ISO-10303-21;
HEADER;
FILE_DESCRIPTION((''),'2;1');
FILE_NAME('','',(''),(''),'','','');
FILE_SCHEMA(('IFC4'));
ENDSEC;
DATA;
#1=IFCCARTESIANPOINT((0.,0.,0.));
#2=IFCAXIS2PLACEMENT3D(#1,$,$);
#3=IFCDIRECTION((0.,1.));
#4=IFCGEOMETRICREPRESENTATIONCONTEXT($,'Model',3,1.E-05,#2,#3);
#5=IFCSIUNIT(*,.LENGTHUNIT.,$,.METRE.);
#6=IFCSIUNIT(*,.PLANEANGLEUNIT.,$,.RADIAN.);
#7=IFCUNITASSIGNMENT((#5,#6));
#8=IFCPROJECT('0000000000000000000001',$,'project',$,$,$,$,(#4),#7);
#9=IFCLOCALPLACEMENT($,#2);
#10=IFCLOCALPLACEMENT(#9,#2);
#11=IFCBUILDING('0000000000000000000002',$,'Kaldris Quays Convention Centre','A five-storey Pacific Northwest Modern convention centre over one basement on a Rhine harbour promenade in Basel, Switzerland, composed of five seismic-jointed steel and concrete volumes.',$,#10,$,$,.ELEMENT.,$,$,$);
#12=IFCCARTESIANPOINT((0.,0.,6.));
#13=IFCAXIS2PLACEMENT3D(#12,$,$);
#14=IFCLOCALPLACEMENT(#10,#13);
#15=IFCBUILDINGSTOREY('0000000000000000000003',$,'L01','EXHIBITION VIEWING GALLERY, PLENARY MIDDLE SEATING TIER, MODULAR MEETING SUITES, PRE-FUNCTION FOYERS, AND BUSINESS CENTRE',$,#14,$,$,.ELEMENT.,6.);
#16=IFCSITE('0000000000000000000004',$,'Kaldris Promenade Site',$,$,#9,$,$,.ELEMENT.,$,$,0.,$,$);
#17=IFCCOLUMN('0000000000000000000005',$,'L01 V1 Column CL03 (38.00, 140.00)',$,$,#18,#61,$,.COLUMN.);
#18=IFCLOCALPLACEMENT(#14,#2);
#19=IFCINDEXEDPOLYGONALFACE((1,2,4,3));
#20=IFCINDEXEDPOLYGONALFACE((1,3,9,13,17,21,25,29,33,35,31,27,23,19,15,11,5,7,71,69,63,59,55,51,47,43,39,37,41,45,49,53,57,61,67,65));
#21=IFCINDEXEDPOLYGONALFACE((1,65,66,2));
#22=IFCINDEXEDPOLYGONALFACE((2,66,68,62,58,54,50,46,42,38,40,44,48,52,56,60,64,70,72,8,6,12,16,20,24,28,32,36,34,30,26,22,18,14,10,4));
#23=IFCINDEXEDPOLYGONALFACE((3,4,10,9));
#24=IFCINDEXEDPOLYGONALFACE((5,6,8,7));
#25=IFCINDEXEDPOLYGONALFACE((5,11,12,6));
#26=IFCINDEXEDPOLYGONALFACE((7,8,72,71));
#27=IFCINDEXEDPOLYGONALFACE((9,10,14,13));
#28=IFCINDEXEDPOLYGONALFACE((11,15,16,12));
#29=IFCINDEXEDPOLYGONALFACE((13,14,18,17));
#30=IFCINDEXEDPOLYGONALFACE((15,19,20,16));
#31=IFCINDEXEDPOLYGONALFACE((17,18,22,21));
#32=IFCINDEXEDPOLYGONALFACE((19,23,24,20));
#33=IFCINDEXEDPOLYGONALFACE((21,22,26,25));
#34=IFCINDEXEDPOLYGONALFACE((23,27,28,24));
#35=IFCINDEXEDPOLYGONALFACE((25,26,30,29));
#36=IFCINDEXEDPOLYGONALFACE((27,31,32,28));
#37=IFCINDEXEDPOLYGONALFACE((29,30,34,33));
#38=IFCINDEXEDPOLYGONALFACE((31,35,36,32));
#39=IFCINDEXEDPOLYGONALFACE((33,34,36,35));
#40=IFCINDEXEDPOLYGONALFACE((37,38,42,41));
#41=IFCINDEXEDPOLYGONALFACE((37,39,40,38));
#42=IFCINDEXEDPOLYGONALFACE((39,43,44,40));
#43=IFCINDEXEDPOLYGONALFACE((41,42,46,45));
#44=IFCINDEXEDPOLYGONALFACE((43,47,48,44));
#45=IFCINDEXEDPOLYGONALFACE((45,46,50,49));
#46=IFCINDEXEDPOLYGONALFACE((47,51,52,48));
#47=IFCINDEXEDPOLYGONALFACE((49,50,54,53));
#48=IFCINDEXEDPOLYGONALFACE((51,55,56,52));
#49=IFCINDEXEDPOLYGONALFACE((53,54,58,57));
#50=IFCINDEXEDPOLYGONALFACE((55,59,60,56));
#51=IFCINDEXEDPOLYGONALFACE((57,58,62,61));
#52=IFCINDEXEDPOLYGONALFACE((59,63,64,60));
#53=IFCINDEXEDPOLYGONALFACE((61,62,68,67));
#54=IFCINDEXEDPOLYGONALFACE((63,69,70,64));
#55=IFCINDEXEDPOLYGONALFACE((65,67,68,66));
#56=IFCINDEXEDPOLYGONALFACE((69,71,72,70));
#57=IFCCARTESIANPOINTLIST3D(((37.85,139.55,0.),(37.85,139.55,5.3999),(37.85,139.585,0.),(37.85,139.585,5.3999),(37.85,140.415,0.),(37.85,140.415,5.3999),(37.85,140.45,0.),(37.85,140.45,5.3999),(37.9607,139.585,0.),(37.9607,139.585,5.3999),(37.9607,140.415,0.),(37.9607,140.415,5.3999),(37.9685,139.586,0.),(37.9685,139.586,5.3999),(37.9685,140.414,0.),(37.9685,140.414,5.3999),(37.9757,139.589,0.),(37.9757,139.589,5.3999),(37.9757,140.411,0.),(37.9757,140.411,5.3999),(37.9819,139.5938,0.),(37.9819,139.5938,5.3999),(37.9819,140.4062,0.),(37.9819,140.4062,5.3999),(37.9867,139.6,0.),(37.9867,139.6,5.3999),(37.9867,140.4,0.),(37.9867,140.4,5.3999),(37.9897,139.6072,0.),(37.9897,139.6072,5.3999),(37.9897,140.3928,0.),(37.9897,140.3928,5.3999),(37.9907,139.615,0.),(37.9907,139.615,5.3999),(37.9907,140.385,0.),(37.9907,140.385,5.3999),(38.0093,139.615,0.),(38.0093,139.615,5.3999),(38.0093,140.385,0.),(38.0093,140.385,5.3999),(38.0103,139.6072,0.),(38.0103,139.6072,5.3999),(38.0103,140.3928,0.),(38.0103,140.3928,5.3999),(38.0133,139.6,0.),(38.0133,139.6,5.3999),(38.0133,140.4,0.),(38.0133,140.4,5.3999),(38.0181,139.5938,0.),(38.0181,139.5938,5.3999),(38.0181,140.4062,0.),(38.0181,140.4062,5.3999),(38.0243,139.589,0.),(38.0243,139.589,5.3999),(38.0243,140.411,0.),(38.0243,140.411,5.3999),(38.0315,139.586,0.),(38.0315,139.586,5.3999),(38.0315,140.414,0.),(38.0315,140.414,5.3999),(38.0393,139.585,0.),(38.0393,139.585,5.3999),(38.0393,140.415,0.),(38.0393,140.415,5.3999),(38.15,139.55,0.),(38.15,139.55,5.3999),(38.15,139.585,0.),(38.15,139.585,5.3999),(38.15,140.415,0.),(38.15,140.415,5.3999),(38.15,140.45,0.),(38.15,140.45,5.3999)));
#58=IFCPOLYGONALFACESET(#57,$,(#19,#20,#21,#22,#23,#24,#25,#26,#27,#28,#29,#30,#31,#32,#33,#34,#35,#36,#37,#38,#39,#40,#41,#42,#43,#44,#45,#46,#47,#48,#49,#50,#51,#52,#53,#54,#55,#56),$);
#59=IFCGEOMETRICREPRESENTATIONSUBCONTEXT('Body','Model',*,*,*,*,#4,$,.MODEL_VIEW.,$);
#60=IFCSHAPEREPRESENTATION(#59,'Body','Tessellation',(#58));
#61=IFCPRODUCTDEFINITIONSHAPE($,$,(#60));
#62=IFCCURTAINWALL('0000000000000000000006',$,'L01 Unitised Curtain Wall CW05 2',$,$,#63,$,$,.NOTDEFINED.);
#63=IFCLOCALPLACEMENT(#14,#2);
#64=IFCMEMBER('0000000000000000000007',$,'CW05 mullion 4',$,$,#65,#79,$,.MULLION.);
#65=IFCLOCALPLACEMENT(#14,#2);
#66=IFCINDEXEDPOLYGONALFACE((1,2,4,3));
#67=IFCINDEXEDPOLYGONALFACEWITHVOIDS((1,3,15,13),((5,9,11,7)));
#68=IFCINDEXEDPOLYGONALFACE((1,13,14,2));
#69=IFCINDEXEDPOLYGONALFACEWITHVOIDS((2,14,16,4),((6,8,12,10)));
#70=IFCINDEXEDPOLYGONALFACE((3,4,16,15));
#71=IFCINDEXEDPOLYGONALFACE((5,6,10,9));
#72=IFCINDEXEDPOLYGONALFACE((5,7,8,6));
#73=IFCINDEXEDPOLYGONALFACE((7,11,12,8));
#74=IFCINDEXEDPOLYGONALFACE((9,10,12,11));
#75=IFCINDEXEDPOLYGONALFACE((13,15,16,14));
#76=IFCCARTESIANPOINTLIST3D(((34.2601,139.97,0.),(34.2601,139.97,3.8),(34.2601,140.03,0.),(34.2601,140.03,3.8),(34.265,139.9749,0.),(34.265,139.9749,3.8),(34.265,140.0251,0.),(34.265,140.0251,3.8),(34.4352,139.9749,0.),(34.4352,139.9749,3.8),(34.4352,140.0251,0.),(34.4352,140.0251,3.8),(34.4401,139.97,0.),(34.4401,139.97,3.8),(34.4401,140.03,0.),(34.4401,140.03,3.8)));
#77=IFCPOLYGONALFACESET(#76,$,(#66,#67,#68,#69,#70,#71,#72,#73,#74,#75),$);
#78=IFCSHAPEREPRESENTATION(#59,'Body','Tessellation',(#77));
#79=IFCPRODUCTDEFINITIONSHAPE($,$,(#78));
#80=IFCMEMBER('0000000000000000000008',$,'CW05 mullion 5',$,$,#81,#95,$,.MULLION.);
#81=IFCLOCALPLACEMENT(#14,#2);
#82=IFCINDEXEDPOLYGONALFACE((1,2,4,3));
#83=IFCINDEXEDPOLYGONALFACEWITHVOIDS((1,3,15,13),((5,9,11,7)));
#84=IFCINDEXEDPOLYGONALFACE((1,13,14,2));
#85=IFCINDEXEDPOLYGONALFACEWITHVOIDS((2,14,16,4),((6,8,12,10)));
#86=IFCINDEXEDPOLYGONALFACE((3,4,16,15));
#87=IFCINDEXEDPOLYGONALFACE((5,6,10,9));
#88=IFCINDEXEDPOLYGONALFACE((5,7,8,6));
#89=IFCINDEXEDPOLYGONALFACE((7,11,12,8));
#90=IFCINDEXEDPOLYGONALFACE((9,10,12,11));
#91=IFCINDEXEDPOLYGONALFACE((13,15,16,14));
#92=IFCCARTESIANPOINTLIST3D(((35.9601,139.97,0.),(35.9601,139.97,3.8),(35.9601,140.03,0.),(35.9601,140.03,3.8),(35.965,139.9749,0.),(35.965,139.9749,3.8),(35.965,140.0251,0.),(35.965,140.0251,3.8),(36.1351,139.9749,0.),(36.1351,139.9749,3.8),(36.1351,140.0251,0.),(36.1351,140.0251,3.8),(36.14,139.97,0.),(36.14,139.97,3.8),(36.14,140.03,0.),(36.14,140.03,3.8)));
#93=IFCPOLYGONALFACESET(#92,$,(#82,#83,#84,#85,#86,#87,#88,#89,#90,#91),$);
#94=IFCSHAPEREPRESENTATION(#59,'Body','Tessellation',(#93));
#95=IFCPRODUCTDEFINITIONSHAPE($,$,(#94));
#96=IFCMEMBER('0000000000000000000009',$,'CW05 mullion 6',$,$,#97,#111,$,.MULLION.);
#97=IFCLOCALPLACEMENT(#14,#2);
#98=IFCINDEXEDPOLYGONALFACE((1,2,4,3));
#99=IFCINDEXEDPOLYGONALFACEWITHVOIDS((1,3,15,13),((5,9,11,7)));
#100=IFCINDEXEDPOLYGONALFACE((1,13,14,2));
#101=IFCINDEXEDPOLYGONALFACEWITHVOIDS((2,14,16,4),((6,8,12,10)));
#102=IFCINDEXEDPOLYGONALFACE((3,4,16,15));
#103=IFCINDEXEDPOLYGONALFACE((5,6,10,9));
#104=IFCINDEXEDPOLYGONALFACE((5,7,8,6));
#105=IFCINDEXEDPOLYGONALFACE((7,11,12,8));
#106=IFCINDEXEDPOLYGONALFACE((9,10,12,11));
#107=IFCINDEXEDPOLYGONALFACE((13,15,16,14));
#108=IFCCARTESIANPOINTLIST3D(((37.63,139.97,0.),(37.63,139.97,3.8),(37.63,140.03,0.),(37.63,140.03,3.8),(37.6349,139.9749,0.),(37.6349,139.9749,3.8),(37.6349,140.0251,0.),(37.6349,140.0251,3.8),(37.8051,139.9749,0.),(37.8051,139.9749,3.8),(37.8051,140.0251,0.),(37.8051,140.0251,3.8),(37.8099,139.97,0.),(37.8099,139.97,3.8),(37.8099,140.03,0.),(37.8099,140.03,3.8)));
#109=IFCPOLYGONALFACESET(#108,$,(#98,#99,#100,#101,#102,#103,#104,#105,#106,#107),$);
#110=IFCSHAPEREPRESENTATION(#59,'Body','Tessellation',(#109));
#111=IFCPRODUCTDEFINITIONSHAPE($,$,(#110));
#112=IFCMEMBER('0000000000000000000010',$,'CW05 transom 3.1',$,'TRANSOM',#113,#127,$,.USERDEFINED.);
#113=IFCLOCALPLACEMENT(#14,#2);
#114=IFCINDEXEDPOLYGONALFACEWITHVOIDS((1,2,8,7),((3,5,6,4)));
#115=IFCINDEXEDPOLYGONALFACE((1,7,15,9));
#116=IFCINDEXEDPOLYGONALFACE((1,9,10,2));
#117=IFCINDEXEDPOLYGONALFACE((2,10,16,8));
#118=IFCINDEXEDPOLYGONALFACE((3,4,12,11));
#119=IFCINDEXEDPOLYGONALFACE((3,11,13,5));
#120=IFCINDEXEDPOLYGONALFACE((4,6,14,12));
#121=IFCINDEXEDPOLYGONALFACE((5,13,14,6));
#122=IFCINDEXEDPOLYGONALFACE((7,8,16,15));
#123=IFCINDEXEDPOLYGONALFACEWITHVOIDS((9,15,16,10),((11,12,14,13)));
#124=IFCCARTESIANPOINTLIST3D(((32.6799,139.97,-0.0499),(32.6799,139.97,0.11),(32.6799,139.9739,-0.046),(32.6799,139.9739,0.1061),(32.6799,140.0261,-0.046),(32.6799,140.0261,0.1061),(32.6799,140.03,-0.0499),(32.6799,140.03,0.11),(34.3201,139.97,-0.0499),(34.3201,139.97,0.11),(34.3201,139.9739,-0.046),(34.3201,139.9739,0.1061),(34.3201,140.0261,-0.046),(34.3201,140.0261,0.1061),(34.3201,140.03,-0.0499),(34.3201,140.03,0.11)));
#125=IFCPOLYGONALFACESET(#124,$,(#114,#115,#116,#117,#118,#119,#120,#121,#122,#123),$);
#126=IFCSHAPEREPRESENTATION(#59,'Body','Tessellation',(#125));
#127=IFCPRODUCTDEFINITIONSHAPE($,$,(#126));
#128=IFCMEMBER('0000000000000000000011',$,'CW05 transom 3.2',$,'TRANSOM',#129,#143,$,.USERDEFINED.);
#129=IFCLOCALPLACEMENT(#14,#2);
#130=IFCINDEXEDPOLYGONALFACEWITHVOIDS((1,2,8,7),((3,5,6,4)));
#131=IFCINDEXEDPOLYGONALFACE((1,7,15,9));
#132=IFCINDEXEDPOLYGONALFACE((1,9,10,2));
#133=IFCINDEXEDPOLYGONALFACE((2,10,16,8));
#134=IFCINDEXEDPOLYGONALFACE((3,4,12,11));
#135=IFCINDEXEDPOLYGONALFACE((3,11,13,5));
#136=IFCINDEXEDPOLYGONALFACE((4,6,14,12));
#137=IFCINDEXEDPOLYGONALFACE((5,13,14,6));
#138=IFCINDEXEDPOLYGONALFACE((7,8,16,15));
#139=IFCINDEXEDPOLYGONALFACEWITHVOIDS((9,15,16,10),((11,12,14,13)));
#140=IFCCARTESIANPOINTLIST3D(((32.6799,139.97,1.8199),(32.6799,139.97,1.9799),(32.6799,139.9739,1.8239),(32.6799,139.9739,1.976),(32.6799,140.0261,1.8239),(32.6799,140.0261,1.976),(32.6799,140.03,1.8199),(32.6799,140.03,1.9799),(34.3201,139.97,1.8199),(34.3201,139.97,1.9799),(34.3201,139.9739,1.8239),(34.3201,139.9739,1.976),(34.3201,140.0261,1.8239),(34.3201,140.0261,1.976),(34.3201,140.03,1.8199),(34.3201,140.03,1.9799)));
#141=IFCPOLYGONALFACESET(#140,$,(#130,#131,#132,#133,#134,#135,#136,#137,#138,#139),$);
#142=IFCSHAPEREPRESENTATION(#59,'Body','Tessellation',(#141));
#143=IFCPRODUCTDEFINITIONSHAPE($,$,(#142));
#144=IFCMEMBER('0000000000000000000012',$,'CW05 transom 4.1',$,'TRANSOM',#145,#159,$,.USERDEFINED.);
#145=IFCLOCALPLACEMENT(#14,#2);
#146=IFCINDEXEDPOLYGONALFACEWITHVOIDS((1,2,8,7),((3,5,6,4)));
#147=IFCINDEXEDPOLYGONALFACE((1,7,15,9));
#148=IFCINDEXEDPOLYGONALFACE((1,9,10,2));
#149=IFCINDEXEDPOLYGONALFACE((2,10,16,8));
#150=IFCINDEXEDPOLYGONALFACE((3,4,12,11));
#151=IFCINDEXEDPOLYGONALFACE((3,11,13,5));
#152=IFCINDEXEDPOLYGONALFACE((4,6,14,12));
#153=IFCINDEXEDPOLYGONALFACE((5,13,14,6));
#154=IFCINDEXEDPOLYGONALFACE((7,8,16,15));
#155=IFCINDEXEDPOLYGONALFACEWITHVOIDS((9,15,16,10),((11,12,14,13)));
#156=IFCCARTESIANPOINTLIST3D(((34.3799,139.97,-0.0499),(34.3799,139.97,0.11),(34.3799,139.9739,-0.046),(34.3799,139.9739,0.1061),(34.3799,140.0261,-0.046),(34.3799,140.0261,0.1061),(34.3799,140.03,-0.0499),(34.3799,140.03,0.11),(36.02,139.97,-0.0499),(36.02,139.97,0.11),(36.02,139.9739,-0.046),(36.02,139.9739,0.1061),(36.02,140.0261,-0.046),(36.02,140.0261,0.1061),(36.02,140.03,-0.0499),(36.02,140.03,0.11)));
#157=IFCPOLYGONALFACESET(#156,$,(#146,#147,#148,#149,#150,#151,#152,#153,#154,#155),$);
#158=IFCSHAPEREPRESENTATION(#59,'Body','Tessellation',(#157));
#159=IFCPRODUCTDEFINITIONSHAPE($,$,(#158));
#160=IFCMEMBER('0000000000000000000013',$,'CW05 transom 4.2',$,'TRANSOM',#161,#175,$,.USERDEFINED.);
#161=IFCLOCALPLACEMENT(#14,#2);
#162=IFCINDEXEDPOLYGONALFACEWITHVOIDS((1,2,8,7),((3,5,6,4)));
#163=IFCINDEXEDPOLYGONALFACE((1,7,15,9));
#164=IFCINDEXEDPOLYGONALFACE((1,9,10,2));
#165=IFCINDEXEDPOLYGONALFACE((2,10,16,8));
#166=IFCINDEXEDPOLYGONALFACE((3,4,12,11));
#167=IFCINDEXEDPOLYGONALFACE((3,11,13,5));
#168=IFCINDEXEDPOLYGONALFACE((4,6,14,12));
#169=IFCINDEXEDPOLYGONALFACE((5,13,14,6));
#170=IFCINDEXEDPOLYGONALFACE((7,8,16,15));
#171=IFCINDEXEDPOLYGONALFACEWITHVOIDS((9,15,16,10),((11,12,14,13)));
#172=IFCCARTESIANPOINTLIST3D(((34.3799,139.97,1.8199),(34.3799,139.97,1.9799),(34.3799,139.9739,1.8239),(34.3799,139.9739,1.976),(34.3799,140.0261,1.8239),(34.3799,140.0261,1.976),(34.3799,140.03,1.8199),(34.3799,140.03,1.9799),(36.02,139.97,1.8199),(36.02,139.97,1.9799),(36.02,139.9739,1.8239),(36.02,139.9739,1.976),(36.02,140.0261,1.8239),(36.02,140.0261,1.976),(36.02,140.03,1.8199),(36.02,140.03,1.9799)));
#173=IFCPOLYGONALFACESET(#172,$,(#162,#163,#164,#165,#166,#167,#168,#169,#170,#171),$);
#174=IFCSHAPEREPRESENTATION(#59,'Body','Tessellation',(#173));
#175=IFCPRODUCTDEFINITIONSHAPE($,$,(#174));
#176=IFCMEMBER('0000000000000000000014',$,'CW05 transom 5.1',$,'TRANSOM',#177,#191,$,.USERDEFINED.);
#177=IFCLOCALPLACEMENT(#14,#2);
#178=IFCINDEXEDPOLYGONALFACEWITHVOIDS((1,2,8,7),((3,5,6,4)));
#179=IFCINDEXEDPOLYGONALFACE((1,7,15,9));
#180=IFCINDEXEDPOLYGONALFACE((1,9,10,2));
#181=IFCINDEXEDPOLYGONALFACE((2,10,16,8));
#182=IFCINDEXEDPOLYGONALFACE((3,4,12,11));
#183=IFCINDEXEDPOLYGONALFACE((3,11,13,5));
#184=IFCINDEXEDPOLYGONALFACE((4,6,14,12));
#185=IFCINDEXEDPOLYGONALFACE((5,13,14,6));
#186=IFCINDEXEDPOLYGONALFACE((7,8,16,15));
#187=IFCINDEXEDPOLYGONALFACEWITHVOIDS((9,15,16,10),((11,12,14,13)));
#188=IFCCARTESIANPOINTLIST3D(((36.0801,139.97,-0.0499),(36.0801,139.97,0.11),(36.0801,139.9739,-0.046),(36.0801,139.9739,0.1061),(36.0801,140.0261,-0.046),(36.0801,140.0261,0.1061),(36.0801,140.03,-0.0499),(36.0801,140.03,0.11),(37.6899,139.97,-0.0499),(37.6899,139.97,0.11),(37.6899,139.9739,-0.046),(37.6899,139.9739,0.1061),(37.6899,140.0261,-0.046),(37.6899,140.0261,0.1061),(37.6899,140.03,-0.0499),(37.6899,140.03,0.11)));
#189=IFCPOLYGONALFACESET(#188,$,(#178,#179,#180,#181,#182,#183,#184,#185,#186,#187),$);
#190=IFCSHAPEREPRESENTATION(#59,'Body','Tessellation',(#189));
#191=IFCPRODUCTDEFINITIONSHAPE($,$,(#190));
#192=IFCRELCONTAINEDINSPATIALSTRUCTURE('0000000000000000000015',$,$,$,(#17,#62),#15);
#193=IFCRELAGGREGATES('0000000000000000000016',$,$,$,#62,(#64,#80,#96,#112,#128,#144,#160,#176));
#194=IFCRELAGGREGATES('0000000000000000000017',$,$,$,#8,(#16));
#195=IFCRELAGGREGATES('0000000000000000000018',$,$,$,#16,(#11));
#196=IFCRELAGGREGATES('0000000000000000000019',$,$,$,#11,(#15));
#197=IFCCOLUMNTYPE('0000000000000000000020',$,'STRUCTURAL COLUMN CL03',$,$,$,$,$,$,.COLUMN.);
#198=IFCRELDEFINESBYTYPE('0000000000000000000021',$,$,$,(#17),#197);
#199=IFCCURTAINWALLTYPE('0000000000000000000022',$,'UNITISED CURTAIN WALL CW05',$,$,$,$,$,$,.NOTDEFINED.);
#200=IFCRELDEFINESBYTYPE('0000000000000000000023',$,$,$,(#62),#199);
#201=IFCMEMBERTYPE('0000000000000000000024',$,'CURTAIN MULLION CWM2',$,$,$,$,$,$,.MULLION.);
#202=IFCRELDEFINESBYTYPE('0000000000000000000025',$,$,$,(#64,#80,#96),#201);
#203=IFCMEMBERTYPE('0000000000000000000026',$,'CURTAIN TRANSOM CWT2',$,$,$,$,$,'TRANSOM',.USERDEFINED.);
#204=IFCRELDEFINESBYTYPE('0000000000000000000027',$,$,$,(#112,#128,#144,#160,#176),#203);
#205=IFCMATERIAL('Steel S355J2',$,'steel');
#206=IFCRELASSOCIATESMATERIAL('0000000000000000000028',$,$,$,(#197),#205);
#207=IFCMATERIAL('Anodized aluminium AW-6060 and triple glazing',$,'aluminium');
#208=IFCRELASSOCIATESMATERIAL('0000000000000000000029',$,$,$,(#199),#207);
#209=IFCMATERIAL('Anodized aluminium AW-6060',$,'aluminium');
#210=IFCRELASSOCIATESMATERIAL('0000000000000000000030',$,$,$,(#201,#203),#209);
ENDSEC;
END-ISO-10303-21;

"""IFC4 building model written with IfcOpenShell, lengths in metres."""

from ifc_helpers import new_model, si_unit, direction, frame, origin, origin_2d, place, context, subcontext, project, spatial, hollow_rectangle, i_section, extrude, material, material_profile, profile_set, type_object, element, aggregate, save


model = new_model("IFC4")

# Units and contexts
model_context = context("Model", 3, precision=1e-05, world=origin(), true_north=direction((0.0, 1.0)))
body_context = subcontext(model_context, "Body", "Model", "MODEL_VIEW")
ifc_project = project(units=[si_unit("LENGTHUNIT", "METRE"), si_unit("PLANEANGLEUNIT", "RADIAN")], contexts=[model_context])

# Site, building, storey
site_placement = place(None, origin())
site = spatial("IfcSite", under=ifc_project, at=site_placement, Name="Kaldris Promenade Site", CompositionType="ELEMENT", RefElevation=0.0)
building_placement = place(site_placement, origin())
building = spatial("IfcBuilding", under=site, at=building_placement, Name="Kaldris Quays Convention Centre", Description="A five-storey Pacific Northwest Modern convention centre over one basement on a Rhine harbour promenade in Basel, Switzerland, composed of five seismic-jointed steel and concrete volumes.", CompositionType="ELEMENT")
storey_placement = place(building_placement, frame((0.0, 0.0, 6.0)))
storey = spatial("IfcBuildingStorey", under=building, at=storey_placement, Name="L01", Description="EXHIBITION VIEWING GALLERY, PLENARY MIDDLE SEATING TIER, MODULAR MEETING SUITES, PRE-FUNCTION FOYERS, AND BUSINESS CENTRE", CompositionType="ELEMENT", Elevation=6.0)

# Column
ifc_material_1 = material(Name="Steel S355J2", Category="steel")
ifc_material_profile_1 = material_profile(ifc_material_1, i_section(OverallWidth=0.3, OverallDepth=0.8999, WebThickness=0.0186, FlangeThickness=0.0349, FilletRadius=0.03, at=origin_2d()), Name="HEB 900")
ifc_profile_set_1 = profile_set([ifc_material_profile_1], Name="Steel S355J2")
column_type = type_object("IfcColumnType", Name="STRUCTURAL COLUMN CL03", PredefinedType="COLUMN", material=ifc_profile_set_1)
column_placement = place(storey_placement, frame((38.0, 140.0, 0.0), z_axis=(0.0, 0.0, 1.0), x_axis=(1.0, 0.0, 0.0)))
element("IfcColumn", 1, at=column_placement, inside=storey, type_object=column_type, Name="L01 V1 Column CL03 (38.00, 140.00)", PredefinedType="COLUMN", context=body_context, shape_type="SweptSolid", body=[
    extrude(i_section(OverallWidth=0.3, OverallDepth=0.8999, WebThickness=0.0186, FlangeThickness=0.0349, FilletRadius=0.03, at=origin_2d()), origin(), (0.0, 0.0, 1.0), 5.3999),
])

# Curtain wall, members
ifc_material_2 = material(Name="Anodized aluminium AW-6060 and triple glazing", Category="aluminium")
curtain_wall_type = type_object("IfcCurtainWallType", Name="UNITISED CURTAIN WALL CW05", PredefinedType="NOTDEFINED", material=ifc_material_2)
curtain_wall_placement = place(storey_placement, origin())
curtain_wall = element("IfcCurtainWall", 2, at=curtain_wall_placement, inside=storey, type_object=curtain_wall_type, Name="L01 Unitised Curtain Wall CW05 2", PredefinedType="NOTDEFINED")
ifc_material_3 = material(Name="Anodized aluminium AW-6060", Category="aluminium")
ifc_material_profile_2 = material_profile(ifc_material_3, hollow_rectangle(XDim=0.0601, YDim=0.1799, WallThickness=0.0049, at=origin_2d()), Name="RHS 180x60x5")
ifc_profile_set_2 = profile_set([ifc_material_profile_2], Name="Anodized aluminium AW-6060")
member_type_1 = type_object("IfcMemberType", Name="CURTAIN MULLION CWM2", PredefinedType="MULLION", material=ifc_profile_set_2)
member_1_placement = place(storey_placement, frame((34.3501, 140.0, 0.0), z_axis=(0.0, 0.0, 1.0), x_axis=(0.0, 1.0, 0.0)))
member_1 = element("IfcMember", 3, at=member_1_placement, type_object=member_type_1, Name="CW05 mullion 4", PredefinedType="MULLION", context=body_context, shape_type="SweptSolid", body=[
    extrude(hollow_rectangle(XDim=0.0601, YDim=0.1799, WallThickness=0.0049, at=origin_2d()), origin(), (0.0, 0.0, 1.0), 3.8),
])
member_2_placement = place(storey_placement, frame((36.05, 140.0, 0.0), z_axis=(0.0, 0.0, 1.0), x_axis=(0.0, 1.0, 0.0)))
member_2 = element("IfcMember", 4, at=member_2_placement, type_object=member_type_1, Name="CW05 mullion 5", PredefinedType="MULLION", context=body_context, shape_type="SweptSolid", body=[
    extrude(hollow_rectangle(XDim=0.0601, YDim=0.1799, WallThickness=0.0049, at=origin_2d()), origin(), (0.0, 0.0, 1.0), 3.8),
])
member_3_placement = place(storey_placement, frame((37.72, 140.0, 0.0), z_axis=(0.0, 0.0, 1.0), x_axis=(0.0, 1.0, 0.0)))
member_3 = element("IfcMember", 5, at=member_3_placement, type_object=member_type_1, Name="CW05 mullion 6", PredefinedType="MULLION", context=body_context, shape_type="SweptSolid", body=[
    extrude(hollow_rectangle(XDim=0.0601, YDim=0.1799, WallThickness=0.0049, at=origin_2d()), origin(), (0.0, 0.0, 1.0), 3.8),
])
ifc_material_profile_3 = material_profile(ifc_material_3, hollow_rectangle(XDim=0.0601, YDim=0.1599, WallThickness=0.0039, at=origin_2d()), Name="RHS 160x60x4")
ifc_profile_set_3 = profile_set([ifc_material_profile_3], Name="Anodized aluminium AW-6060")
member_type_2 = type_object("IfcMemberType", Name="CURTAIN TRANSOM CWT2", ElementType="TRANSOM", PredefinedType="USERDEFINED", material=ifc_profile_set_3)
member_4_placement = place(storey_placement, frame((32.6799, 140.0, 0.03), z_axis=(1.0, 0.0, 0.0), x_axis=(0.0, 1.0, 0.0)))
member_4 = element("IfcMember", 6, at=member_4_placement, type_object=member_type_2, Name="CW05 transom 3.1", ObjectType="TRANSOM", PredefinedType="USERDEFINED", context=body_context, shape_type="SweptSolid", body=[
    extrude(hollow_rectangle(XDim=0.0601, YDim=0.1599, WallThickness=0.0039, at=origin_2d()), origin(), (0.0, 0.0, 1.0), 1.6401),
])
member_5_placement = place(storey_placement, frame((32.6799, 140.0, 1.8999), z_axis=(1.0, 0.0, 0.0), x_axis=(0.0, 1.0, 0.0)))
member_5 = element("IfcMember", 7, at=member_5_placement, type_object=member_type_2, Name="CW05 transom 3.2", ObjectType="TRANSOM", PredefinedType="USERDEFINED", context=body_context, shape_type="SweptSolid", body=[
    extrude(hollow_rectangle(XDim=0.0601, YDim=0.1599, WallThickness=0.0039, at=origin_2d()), origin(), (0.0, 0.0, 1.0), 1.6401),
])
member_6_placement = place(storey_placement, frame((34.3799, 140.0, 0.03), z_axis=(1.0, 0.0, 0.0), x_axis=(0.0, 1.0, 0.0)))
member_6 = element("IfcMember", 8, at=member_6_placement, type_object=member_type_2, Name="CW05 transom 4.1", ObjectType="TRANSOM", PredefinedType="USERDEFINED", context=body_context, shape_type="SweptSolid", body=[
    extrude(hollow_rectangle(XDim=0.0601, YDim=0.1599, WallThickness=0.0039, at=origin_2d()), origin(), (0.0, 0.0, 1.0), 1.6401),
])
member_7_placement = place(storey_placement, frame((34.3799, 140.0, 1.8999), z_axis=(1.0, 0.0, 0.0), x_axis=(0.0, 1.0, 0.0)))
member_7 = element("IfcMember", 9, at=member_7_placement, type_object=member_type_2, Name="CW05 transom 4.2", ObjectType="TRANSOM", PredefinedType="USERDEFINED", context=body_context, shape_type="SweptSolid", body=[
    extrude(hollow_rectangle(XDim=0.0601, YDim=0.1599, WallThickness=0.0039, at=origin_2d()), origin(), (0.0, 0.0, 1.0), 1.6401),
])
member_8_placement = place(storey_placement, frame((36.0801, 140.0, 0.03), z_axis=(1.0, 0.0, 0.0), x_axis=(0.0, 1.0, 0.0)))
member_8 = element("IfcMember", 10, at=member_8_placement, type_object=member_type_2, Name="CW05 transom 5.1", ObjectType="TRANSOM", PredefinedType="USERDEFINED", context=body_context, shape_type="SweptSolid", body=[
    extrude(hollow_rectangle(XDim=0.0601, YDim=0.1599, WallThickness=0.0039, at=origin_2d()), origin(), (0.0, 0.0, 1.0), 1.6099),
])
aggregate(curtain_wall, [member_1, member_2, member_3, member_4, member_5, member_6, member_7, member_8])

save(model, "model.ifc")
